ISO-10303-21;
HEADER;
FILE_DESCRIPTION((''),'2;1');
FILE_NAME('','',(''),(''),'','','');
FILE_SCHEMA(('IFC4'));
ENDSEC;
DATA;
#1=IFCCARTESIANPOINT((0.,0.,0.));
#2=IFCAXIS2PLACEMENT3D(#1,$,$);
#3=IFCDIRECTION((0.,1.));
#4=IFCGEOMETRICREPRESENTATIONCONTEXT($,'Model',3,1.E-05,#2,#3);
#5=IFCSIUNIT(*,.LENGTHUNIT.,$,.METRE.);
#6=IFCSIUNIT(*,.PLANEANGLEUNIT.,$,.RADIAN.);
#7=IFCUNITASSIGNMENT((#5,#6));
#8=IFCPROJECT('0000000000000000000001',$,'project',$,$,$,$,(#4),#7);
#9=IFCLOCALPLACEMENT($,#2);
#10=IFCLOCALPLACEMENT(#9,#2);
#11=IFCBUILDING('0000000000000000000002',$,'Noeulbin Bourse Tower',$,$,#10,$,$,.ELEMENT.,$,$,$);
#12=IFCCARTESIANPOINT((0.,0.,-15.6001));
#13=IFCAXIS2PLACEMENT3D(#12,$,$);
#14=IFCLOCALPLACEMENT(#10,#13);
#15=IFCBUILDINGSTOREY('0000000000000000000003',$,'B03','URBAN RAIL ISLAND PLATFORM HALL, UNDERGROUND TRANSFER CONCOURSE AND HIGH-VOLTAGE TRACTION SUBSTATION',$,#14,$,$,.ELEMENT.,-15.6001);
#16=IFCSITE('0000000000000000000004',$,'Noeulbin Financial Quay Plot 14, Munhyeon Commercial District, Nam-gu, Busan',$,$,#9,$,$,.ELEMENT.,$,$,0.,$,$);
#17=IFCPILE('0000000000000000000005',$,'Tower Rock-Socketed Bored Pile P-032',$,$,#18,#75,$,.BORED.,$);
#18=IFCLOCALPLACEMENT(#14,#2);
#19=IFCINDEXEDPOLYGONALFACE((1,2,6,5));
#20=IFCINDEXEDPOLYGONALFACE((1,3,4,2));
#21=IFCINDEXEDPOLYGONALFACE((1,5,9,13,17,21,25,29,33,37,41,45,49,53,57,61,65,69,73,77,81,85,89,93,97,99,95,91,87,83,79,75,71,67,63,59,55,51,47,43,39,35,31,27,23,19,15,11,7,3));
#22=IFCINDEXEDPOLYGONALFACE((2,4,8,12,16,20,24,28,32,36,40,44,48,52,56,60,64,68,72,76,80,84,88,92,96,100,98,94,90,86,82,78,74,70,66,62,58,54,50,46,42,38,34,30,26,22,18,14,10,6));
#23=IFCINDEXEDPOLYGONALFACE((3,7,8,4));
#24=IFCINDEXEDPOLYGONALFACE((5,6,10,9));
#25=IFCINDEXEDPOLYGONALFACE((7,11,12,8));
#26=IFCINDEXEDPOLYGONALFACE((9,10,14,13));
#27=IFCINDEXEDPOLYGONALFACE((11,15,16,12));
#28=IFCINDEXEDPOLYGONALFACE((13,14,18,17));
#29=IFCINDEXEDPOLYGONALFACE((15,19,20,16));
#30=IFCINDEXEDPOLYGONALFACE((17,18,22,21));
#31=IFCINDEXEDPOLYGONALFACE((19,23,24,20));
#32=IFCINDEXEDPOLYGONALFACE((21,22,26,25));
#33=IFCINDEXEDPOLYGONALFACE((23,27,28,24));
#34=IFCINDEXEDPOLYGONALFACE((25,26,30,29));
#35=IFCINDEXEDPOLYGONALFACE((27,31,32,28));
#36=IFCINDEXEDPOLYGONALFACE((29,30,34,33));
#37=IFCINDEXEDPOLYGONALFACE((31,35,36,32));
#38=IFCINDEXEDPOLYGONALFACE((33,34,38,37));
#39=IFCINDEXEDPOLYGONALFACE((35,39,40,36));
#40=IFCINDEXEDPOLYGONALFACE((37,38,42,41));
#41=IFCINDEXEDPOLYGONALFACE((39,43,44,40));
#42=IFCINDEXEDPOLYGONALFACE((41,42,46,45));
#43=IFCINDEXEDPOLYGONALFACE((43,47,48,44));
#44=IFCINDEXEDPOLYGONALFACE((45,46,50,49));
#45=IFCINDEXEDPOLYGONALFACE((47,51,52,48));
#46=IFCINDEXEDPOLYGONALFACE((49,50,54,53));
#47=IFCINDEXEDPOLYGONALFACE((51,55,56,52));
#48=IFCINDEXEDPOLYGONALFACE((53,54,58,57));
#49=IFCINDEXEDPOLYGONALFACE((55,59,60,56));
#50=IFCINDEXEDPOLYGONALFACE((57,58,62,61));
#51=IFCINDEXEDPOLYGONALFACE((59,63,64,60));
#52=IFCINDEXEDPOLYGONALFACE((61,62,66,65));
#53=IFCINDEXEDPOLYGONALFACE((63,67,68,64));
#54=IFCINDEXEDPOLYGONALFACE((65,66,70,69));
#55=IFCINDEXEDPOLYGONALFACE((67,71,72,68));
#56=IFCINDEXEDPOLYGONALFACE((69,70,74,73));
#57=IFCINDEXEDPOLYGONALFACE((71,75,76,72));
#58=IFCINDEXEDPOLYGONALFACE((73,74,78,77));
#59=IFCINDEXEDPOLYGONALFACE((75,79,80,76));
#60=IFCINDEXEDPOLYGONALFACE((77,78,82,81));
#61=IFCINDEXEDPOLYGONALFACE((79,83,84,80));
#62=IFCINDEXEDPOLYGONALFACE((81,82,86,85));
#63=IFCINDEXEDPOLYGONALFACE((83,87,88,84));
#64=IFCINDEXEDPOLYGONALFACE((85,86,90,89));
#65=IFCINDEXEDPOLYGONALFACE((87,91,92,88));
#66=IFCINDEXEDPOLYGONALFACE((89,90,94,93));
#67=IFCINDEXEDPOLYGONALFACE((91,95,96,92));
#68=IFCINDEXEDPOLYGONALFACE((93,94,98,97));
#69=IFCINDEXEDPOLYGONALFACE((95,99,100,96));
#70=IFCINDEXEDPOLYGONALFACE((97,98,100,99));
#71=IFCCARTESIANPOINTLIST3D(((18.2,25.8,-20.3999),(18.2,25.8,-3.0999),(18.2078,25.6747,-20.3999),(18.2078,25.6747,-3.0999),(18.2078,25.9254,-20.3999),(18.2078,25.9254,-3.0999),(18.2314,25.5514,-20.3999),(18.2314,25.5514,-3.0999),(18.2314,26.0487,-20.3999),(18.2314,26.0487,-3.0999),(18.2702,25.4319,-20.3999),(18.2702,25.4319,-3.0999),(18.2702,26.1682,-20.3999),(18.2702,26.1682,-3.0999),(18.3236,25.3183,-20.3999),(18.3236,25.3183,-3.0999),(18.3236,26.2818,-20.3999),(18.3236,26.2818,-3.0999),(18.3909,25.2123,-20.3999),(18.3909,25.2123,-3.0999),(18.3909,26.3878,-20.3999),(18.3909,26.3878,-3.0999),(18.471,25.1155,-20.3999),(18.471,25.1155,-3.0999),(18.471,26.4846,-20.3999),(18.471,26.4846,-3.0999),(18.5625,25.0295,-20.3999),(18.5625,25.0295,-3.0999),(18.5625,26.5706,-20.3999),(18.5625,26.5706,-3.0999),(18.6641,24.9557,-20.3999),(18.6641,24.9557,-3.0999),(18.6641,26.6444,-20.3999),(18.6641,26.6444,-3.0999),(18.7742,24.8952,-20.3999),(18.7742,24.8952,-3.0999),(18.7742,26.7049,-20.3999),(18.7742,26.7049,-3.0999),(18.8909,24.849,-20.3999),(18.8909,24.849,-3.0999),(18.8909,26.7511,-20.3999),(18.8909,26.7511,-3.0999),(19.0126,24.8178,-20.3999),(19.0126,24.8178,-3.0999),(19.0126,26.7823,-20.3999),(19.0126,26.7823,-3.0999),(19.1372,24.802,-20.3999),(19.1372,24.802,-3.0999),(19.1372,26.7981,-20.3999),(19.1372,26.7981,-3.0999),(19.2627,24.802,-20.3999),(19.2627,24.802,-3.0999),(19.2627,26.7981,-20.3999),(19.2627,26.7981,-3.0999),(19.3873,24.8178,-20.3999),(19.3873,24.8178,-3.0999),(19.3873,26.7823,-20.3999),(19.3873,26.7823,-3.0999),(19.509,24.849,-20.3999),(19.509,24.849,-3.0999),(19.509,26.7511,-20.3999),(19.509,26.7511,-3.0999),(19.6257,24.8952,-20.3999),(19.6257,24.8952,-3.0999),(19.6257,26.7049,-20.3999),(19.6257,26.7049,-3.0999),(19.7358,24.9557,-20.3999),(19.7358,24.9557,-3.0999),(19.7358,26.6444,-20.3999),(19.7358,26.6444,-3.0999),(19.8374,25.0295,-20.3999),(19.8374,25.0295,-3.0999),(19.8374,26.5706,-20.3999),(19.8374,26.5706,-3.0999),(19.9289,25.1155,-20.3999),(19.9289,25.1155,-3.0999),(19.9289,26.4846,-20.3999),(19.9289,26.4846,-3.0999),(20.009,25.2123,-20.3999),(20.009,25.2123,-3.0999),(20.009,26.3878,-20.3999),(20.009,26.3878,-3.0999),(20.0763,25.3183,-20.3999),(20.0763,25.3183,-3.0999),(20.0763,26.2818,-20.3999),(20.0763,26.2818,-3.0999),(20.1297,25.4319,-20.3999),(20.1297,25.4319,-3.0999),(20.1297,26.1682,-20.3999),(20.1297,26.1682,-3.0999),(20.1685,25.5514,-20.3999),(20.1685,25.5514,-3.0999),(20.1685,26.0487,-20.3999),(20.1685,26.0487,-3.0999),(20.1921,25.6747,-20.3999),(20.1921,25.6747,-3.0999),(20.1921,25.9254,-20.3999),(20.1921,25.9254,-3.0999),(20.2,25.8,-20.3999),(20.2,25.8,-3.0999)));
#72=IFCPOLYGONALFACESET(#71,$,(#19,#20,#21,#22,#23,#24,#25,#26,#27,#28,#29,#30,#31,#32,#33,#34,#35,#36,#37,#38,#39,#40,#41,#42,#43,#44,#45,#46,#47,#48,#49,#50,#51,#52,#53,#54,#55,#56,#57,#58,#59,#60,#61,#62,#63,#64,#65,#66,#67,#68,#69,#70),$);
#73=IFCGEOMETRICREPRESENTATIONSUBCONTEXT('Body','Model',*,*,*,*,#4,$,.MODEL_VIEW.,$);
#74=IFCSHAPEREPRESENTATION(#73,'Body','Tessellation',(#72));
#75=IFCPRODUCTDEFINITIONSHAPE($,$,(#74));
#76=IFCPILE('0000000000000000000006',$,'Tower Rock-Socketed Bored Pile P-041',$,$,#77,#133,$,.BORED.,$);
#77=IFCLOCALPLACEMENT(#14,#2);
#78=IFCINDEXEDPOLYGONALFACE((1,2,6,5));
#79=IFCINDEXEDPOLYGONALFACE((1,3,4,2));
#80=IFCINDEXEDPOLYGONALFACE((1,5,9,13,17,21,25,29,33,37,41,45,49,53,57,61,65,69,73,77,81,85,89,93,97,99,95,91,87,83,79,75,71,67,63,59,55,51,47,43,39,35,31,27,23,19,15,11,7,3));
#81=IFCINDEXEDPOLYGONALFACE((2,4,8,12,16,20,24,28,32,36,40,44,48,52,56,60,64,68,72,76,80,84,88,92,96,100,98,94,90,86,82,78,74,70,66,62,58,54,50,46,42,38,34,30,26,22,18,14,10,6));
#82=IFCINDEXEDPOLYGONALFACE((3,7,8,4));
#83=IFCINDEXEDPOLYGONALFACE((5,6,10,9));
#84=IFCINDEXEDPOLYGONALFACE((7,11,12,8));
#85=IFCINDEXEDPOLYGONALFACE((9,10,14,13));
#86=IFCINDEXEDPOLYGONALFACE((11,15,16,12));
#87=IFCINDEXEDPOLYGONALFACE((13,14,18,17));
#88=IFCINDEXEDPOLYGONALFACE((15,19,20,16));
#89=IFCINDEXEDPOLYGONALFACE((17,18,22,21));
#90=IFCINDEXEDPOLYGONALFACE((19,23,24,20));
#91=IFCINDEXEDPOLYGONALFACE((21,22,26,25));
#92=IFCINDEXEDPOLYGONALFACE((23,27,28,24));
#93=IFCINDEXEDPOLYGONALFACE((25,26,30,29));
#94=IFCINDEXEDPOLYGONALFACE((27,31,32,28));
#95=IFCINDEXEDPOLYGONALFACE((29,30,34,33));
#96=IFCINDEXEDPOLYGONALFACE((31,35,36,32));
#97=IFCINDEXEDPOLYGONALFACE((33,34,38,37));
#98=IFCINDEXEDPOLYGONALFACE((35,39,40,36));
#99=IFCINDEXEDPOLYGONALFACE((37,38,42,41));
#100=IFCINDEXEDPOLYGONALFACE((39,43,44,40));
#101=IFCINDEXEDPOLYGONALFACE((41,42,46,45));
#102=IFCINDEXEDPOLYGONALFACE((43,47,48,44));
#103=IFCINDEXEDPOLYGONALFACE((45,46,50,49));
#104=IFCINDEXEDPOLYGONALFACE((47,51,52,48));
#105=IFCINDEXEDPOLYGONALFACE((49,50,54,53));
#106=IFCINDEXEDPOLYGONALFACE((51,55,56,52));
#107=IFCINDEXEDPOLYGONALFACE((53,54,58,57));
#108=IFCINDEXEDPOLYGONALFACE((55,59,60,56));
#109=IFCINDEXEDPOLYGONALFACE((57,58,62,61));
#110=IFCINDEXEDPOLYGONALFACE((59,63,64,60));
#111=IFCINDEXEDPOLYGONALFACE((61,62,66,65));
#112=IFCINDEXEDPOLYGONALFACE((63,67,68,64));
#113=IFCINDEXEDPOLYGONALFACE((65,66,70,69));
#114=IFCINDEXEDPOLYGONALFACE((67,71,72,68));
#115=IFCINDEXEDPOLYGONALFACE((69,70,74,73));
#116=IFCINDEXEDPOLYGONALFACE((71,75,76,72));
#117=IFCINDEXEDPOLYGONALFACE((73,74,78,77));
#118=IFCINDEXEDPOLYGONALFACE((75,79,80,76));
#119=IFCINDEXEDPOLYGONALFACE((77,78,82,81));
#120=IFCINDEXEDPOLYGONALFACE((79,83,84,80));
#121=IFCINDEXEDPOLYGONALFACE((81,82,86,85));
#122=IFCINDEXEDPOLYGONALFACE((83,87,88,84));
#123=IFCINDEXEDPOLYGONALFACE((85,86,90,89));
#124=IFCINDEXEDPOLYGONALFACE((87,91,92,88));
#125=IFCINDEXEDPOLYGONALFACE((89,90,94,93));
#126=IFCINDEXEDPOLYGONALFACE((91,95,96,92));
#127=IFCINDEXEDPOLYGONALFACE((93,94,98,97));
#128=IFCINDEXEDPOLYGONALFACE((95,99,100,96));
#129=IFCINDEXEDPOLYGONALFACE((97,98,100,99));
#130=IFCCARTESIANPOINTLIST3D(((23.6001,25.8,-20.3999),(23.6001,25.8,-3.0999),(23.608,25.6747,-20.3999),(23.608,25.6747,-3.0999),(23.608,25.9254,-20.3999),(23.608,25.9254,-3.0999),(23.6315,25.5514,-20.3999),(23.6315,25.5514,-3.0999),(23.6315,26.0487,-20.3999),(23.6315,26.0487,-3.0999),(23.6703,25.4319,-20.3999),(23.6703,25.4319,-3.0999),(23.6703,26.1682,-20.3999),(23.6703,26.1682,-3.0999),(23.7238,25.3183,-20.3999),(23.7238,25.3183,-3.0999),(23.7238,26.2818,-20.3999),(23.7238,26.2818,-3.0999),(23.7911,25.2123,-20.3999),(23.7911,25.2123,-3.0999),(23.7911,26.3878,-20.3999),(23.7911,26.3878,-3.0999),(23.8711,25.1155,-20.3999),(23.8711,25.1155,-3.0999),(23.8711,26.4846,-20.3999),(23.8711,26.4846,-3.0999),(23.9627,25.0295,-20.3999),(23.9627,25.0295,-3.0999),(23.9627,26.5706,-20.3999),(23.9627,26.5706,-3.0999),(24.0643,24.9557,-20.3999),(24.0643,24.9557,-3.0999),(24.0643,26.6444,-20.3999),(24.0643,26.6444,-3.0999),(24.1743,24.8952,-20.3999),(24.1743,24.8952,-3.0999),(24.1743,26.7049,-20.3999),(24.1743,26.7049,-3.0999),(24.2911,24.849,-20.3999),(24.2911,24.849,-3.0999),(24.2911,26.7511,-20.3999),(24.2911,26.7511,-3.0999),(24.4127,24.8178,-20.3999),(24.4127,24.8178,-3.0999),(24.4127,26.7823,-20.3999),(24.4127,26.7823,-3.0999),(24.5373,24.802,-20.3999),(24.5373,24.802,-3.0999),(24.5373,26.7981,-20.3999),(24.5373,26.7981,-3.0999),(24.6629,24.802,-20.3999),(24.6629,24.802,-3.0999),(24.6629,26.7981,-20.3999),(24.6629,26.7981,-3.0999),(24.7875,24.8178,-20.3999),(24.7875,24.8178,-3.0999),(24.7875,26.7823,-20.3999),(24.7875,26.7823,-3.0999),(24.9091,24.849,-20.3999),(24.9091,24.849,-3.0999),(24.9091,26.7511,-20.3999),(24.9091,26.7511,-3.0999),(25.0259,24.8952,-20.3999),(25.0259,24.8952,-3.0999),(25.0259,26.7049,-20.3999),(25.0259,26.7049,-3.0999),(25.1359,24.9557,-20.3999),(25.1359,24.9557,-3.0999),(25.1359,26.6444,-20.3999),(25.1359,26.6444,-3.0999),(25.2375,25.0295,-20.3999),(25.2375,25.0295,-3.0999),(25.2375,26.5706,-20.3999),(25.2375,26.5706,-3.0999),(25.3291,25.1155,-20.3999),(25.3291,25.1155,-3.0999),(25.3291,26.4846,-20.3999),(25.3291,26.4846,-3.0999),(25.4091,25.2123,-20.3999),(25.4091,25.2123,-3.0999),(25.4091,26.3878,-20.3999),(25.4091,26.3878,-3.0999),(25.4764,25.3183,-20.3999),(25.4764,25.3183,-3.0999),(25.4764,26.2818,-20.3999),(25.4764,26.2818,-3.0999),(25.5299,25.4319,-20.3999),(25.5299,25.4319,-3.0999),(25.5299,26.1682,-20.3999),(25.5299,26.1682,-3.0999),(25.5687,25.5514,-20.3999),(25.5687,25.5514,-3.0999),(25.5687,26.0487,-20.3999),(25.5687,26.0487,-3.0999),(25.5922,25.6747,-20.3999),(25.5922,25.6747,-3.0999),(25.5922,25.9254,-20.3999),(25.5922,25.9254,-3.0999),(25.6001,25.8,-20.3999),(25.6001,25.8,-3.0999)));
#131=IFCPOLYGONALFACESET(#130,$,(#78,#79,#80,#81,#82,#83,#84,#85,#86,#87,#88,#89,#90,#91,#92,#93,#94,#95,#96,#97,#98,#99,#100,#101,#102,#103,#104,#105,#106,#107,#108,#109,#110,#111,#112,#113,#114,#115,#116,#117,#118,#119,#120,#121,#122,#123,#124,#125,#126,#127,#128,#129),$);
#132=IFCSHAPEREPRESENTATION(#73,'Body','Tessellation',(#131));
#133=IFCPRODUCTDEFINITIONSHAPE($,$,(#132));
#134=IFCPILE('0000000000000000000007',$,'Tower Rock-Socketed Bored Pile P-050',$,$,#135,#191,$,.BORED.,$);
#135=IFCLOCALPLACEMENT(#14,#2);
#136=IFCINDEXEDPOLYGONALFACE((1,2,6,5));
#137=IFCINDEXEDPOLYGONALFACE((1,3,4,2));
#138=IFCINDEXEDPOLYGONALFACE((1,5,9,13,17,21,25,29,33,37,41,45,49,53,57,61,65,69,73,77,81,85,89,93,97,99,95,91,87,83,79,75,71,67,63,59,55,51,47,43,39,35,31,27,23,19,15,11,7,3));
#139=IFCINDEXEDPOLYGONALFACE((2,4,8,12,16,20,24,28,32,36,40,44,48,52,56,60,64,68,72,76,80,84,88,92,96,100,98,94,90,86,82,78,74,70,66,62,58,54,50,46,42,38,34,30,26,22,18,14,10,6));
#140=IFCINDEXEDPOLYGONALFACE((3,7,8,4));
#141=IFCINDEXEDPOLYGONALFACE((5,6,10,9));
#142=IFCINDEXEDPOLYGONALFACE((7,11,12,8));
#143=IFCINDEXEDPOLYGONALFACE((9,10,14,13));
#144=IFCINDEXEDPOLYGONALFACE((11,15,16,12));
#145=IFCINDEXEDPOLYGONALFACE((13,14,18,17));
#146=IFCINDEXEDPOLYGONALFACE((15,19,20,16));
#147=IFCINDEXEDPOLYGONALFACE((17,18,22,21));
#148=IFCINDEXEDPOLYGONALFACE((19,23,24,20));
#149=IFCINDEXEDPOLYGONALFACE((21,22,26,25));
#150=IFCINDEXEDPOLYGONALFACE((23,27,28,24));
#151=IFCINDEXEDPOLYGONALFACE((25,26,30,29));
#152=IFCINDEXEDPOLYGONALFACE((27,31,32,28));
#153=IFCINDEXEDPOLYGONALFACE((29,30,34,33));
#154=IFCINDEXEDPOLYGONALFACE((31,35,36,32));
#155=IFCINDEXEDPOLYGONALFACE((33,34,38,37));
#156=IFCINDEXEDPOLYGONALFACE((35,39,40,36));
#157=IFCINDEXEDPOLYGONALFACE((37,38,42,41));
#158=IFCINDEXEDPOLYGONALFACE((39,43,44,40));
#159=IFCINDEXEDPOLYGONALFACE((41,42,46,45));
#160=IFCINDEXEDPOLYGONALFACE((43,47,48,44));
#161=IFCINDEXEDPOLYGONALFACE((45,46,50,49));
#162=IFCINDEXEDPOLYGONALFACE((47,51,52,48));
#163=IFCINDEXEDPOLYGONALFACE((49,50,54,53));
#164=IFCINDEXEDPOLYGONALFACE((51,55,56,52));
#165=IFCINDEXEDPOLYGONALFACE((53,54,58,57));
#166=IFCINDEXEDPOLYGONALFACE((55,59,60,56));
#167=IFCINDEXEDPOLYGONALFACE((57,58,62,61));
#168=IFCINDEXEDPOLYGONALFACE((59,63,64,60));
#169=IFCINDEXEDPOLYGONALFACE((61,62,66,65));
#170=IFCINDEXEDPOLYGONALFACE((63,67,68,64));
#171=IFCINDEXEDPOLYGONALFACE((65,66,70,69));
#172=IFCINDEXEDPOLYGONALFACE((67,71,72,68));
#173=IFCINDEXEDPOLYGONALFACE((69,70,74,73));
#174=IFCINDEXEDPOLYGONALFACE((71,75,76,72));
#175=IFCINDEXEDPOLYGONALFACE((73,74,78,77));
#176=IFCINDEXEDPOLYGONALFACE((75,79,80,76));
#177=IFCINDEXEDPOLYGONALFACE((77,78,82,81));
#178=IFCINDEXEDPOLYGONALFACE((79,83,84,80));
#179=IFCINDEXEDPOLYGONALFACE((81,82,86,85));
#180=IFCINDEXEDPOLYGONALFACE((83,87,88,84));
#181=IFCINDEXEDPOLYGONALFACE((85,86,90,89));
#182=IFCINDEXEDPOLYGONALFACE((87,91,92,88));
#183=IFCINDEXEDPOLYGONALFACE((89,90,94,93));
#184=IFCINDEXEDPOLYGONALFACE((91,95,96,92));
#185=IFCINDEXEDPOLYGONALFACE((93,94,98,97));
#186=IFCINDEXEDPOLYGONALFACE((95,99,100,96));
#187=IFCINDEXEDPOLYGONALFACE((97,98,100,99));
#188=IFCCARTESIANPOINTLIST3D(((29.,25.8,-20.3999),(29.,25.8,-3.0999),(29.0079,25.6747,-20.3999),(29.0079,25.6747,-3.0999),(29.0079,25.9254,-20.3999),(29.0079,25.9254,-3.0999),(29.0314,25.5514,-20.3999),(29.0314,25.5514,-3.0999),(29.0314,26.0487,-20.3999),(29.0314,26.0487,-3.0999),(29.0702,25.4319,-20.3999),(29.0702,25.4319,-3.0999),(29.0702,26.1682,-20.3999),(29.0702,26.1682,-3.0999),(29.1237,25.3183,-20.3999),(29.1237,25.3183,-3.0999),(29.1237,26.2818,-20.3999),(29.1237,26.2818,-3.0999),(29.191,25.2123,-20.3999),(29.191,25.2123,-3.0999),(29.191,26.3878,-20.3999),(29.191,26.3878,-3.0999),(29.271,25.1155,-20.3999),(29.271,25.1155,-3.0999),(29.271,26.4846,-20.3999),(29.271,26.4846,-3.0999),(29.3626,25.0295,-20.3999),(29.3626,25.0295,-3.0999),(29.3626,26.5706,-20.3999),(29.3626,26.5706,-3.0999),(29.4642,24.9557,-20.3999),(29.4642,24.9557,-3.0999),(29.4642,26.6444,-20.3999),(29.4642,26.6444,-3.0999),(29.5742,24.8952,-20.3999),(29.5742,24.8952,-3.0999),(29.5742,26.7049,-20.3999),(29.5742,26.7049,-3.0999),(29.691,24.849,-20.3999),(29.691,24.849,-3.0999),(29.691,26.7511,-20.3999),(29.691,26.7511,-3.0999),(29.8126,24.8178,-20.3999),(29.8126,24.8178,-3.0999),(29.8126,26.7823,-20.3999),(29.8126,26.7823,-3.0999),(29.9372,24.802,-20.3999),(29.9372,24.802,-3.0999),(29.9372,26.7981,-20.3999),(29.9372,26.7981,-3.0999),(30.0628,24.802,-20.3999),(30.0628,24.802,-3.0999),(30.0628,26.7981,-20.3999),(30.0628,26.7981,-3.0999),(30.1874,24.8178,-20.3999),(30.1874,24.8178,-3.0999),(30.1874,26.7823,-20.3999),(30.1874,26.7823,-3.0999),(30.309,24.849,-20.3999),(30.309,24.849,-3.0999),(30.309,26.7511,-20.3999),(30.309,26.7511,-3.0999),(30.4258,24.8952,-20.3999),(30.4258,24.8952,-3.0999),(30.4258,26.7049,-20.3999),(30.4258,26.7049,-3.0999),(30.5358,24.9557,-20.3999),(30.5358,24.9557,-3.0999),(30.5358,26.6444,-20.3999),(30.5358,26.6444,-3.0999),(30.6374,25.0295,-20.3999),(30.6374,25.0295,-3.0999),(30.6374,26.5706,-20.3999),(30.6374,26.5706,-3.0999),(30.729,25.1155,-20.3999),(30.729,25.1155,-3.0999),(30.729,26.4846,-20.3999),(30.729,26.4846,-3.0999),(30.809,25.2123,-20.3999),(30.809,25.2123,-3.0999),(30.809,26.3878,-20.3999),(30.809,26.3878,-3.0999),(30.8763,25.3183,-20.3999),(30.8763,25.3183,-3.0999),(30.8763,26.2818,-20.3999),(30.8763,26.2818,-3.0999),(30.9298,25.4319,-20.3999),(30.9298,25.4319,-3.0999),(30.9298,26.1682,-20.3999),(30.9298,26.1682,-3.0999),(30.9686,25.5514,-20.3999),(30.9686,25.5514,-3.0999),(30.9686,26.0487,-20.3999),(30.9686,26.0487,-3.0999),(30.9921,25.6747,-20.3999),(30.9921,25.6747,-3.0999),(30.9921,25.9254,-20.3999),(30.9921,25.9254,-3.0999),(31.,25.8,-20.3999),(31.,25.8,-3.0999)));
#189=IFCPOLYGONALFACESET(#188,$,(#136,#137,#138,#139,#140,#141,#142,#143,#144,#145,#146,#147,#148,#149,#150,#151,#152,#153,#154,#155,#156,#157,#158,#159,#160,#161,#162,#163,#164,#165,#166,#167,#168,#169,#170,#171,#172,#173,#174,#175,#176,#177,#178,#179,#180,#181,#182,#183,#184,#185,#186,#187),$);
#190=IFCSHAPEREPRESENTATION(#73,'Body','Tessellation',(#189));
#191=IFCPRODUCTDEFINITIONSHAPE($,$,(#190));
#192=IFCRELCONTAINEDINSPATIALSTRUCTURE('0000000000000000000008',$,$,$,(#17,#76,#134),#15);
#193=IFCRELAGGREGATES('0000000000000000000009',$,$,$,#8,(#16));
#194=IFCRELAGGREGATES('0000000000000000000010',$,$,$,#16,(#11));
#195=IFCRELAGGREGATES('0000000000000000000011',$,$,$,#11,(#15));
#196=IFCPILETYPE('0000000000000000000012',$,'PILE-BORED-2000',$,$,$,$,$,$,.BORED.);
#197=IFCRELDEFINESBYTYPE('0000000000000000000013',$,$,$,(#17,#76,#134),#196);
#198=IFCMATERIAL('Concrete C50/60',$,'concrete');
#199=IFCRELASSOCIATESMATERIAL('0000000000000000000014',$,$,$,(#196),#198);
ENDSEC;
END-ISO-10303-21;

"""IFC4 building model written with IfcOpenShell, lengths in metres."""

from ifc_helpers import new_model, si_unit, direction, frame, origin, origin_2d, place, context, subcontext, project, spatial, circle, extrude, material, material_profile, profile_set, type_object, element, save


model = new_model("IFC4")

# Units and contexts
model_context = context("Model", 3, precision=1e-05, world=origin(), true_north=direction((0.0, 1.0)))
body_context = subcontext(model_context, "Body", "Model", "MODEL_VIEW")
ifc_project = project(units=[si_unit("LENGTHUNIT", "METRE"), si_unit("PLANEANGLEUNIT", "RADIAN")], contexts=[model_context])

# Site, building, storey
site_placement = place(None, origin())
site = spatial("IfcSite", under=ifc_project, at=site_placement, Name="Noeulbin Financial Quay Plot 14, Munhyeon Commercial District, Nam-gu, Busan", CompositionType="ELEMENT", RefElevation=0.0)
building_placement = place(site_placement, origin())
building = spatial("IfcBuilding", under=site, at=building_placement, Name="Noeulbin Bourse Tower", CompositionType="ELEMENT")
storey_placement = place(building_placement, frame((0.0, 0.0, -15.6001)))
storey = spatial("IfcBuildingStorey", under=building, at=storey_placement, Name="B03", Description="URBAN RAIL ISLAND PLATFORM HALL, UNDERGROUND TRANSFER CONCOURSE AND HIGH-VOLTAGE TRACTION SUBSTATION", CompositionType="ELEMENT", Elevation=-15.6001)

# Piles
ifc_material_1 = material(Name="Concrete C50/60", Category="concrete")
ifc_material_profile_1 = material_profile(ifc_material_1, circle(Radius=1.0, at=origin_2d()), Name="PILE-D2000", Category="LoadBearing")
ifc_profile_set_1 = profile_set([ifc_material_profile_1], Name="Concrete C50/60")
pile_type_1 = type_object("IfcPileType", Name="PILE-BORED-2000", PredefinedType="BORED", material=ifc_profile_set_1)
for number, where, z_axis, x_axis, name in (
    (1, (19.2, 25.8, -3.0999), (0.0, 0.0, -1.0), (1.0, 0.0, 0.0), "Tower Rock-Socketed Bored Pile P-032"),
    (2, (24.6001, 25.8, -3.0999), (0.0, 0.0, -1.0), (1.0, 0.0, 0.0), "Tower Rock-Socketed Bored Pile P-041"),
    (3, (30.0, 25.8, -3.0999), (0.0, 0.0, -1.0), (1.0, 0.0, 0.0), "Tower Rock-Socketed Bored Pile P-050"),
):
    element("IfcPile", number, at=place(storey_placement, frame(where, z_axis=z_axis, x_axis=x_axis)), inside=storey, type_object=pile_type_1, Name=name, PredefinedType="BORED", context=body_context, shape_type="SweptSolid", body=[
        extrude(circle(Radius=1.0, at=origin_2d()), origin(), (0.0, 0.0, 1.0), 17.3),
    ])

save(model, "model.ifc")
